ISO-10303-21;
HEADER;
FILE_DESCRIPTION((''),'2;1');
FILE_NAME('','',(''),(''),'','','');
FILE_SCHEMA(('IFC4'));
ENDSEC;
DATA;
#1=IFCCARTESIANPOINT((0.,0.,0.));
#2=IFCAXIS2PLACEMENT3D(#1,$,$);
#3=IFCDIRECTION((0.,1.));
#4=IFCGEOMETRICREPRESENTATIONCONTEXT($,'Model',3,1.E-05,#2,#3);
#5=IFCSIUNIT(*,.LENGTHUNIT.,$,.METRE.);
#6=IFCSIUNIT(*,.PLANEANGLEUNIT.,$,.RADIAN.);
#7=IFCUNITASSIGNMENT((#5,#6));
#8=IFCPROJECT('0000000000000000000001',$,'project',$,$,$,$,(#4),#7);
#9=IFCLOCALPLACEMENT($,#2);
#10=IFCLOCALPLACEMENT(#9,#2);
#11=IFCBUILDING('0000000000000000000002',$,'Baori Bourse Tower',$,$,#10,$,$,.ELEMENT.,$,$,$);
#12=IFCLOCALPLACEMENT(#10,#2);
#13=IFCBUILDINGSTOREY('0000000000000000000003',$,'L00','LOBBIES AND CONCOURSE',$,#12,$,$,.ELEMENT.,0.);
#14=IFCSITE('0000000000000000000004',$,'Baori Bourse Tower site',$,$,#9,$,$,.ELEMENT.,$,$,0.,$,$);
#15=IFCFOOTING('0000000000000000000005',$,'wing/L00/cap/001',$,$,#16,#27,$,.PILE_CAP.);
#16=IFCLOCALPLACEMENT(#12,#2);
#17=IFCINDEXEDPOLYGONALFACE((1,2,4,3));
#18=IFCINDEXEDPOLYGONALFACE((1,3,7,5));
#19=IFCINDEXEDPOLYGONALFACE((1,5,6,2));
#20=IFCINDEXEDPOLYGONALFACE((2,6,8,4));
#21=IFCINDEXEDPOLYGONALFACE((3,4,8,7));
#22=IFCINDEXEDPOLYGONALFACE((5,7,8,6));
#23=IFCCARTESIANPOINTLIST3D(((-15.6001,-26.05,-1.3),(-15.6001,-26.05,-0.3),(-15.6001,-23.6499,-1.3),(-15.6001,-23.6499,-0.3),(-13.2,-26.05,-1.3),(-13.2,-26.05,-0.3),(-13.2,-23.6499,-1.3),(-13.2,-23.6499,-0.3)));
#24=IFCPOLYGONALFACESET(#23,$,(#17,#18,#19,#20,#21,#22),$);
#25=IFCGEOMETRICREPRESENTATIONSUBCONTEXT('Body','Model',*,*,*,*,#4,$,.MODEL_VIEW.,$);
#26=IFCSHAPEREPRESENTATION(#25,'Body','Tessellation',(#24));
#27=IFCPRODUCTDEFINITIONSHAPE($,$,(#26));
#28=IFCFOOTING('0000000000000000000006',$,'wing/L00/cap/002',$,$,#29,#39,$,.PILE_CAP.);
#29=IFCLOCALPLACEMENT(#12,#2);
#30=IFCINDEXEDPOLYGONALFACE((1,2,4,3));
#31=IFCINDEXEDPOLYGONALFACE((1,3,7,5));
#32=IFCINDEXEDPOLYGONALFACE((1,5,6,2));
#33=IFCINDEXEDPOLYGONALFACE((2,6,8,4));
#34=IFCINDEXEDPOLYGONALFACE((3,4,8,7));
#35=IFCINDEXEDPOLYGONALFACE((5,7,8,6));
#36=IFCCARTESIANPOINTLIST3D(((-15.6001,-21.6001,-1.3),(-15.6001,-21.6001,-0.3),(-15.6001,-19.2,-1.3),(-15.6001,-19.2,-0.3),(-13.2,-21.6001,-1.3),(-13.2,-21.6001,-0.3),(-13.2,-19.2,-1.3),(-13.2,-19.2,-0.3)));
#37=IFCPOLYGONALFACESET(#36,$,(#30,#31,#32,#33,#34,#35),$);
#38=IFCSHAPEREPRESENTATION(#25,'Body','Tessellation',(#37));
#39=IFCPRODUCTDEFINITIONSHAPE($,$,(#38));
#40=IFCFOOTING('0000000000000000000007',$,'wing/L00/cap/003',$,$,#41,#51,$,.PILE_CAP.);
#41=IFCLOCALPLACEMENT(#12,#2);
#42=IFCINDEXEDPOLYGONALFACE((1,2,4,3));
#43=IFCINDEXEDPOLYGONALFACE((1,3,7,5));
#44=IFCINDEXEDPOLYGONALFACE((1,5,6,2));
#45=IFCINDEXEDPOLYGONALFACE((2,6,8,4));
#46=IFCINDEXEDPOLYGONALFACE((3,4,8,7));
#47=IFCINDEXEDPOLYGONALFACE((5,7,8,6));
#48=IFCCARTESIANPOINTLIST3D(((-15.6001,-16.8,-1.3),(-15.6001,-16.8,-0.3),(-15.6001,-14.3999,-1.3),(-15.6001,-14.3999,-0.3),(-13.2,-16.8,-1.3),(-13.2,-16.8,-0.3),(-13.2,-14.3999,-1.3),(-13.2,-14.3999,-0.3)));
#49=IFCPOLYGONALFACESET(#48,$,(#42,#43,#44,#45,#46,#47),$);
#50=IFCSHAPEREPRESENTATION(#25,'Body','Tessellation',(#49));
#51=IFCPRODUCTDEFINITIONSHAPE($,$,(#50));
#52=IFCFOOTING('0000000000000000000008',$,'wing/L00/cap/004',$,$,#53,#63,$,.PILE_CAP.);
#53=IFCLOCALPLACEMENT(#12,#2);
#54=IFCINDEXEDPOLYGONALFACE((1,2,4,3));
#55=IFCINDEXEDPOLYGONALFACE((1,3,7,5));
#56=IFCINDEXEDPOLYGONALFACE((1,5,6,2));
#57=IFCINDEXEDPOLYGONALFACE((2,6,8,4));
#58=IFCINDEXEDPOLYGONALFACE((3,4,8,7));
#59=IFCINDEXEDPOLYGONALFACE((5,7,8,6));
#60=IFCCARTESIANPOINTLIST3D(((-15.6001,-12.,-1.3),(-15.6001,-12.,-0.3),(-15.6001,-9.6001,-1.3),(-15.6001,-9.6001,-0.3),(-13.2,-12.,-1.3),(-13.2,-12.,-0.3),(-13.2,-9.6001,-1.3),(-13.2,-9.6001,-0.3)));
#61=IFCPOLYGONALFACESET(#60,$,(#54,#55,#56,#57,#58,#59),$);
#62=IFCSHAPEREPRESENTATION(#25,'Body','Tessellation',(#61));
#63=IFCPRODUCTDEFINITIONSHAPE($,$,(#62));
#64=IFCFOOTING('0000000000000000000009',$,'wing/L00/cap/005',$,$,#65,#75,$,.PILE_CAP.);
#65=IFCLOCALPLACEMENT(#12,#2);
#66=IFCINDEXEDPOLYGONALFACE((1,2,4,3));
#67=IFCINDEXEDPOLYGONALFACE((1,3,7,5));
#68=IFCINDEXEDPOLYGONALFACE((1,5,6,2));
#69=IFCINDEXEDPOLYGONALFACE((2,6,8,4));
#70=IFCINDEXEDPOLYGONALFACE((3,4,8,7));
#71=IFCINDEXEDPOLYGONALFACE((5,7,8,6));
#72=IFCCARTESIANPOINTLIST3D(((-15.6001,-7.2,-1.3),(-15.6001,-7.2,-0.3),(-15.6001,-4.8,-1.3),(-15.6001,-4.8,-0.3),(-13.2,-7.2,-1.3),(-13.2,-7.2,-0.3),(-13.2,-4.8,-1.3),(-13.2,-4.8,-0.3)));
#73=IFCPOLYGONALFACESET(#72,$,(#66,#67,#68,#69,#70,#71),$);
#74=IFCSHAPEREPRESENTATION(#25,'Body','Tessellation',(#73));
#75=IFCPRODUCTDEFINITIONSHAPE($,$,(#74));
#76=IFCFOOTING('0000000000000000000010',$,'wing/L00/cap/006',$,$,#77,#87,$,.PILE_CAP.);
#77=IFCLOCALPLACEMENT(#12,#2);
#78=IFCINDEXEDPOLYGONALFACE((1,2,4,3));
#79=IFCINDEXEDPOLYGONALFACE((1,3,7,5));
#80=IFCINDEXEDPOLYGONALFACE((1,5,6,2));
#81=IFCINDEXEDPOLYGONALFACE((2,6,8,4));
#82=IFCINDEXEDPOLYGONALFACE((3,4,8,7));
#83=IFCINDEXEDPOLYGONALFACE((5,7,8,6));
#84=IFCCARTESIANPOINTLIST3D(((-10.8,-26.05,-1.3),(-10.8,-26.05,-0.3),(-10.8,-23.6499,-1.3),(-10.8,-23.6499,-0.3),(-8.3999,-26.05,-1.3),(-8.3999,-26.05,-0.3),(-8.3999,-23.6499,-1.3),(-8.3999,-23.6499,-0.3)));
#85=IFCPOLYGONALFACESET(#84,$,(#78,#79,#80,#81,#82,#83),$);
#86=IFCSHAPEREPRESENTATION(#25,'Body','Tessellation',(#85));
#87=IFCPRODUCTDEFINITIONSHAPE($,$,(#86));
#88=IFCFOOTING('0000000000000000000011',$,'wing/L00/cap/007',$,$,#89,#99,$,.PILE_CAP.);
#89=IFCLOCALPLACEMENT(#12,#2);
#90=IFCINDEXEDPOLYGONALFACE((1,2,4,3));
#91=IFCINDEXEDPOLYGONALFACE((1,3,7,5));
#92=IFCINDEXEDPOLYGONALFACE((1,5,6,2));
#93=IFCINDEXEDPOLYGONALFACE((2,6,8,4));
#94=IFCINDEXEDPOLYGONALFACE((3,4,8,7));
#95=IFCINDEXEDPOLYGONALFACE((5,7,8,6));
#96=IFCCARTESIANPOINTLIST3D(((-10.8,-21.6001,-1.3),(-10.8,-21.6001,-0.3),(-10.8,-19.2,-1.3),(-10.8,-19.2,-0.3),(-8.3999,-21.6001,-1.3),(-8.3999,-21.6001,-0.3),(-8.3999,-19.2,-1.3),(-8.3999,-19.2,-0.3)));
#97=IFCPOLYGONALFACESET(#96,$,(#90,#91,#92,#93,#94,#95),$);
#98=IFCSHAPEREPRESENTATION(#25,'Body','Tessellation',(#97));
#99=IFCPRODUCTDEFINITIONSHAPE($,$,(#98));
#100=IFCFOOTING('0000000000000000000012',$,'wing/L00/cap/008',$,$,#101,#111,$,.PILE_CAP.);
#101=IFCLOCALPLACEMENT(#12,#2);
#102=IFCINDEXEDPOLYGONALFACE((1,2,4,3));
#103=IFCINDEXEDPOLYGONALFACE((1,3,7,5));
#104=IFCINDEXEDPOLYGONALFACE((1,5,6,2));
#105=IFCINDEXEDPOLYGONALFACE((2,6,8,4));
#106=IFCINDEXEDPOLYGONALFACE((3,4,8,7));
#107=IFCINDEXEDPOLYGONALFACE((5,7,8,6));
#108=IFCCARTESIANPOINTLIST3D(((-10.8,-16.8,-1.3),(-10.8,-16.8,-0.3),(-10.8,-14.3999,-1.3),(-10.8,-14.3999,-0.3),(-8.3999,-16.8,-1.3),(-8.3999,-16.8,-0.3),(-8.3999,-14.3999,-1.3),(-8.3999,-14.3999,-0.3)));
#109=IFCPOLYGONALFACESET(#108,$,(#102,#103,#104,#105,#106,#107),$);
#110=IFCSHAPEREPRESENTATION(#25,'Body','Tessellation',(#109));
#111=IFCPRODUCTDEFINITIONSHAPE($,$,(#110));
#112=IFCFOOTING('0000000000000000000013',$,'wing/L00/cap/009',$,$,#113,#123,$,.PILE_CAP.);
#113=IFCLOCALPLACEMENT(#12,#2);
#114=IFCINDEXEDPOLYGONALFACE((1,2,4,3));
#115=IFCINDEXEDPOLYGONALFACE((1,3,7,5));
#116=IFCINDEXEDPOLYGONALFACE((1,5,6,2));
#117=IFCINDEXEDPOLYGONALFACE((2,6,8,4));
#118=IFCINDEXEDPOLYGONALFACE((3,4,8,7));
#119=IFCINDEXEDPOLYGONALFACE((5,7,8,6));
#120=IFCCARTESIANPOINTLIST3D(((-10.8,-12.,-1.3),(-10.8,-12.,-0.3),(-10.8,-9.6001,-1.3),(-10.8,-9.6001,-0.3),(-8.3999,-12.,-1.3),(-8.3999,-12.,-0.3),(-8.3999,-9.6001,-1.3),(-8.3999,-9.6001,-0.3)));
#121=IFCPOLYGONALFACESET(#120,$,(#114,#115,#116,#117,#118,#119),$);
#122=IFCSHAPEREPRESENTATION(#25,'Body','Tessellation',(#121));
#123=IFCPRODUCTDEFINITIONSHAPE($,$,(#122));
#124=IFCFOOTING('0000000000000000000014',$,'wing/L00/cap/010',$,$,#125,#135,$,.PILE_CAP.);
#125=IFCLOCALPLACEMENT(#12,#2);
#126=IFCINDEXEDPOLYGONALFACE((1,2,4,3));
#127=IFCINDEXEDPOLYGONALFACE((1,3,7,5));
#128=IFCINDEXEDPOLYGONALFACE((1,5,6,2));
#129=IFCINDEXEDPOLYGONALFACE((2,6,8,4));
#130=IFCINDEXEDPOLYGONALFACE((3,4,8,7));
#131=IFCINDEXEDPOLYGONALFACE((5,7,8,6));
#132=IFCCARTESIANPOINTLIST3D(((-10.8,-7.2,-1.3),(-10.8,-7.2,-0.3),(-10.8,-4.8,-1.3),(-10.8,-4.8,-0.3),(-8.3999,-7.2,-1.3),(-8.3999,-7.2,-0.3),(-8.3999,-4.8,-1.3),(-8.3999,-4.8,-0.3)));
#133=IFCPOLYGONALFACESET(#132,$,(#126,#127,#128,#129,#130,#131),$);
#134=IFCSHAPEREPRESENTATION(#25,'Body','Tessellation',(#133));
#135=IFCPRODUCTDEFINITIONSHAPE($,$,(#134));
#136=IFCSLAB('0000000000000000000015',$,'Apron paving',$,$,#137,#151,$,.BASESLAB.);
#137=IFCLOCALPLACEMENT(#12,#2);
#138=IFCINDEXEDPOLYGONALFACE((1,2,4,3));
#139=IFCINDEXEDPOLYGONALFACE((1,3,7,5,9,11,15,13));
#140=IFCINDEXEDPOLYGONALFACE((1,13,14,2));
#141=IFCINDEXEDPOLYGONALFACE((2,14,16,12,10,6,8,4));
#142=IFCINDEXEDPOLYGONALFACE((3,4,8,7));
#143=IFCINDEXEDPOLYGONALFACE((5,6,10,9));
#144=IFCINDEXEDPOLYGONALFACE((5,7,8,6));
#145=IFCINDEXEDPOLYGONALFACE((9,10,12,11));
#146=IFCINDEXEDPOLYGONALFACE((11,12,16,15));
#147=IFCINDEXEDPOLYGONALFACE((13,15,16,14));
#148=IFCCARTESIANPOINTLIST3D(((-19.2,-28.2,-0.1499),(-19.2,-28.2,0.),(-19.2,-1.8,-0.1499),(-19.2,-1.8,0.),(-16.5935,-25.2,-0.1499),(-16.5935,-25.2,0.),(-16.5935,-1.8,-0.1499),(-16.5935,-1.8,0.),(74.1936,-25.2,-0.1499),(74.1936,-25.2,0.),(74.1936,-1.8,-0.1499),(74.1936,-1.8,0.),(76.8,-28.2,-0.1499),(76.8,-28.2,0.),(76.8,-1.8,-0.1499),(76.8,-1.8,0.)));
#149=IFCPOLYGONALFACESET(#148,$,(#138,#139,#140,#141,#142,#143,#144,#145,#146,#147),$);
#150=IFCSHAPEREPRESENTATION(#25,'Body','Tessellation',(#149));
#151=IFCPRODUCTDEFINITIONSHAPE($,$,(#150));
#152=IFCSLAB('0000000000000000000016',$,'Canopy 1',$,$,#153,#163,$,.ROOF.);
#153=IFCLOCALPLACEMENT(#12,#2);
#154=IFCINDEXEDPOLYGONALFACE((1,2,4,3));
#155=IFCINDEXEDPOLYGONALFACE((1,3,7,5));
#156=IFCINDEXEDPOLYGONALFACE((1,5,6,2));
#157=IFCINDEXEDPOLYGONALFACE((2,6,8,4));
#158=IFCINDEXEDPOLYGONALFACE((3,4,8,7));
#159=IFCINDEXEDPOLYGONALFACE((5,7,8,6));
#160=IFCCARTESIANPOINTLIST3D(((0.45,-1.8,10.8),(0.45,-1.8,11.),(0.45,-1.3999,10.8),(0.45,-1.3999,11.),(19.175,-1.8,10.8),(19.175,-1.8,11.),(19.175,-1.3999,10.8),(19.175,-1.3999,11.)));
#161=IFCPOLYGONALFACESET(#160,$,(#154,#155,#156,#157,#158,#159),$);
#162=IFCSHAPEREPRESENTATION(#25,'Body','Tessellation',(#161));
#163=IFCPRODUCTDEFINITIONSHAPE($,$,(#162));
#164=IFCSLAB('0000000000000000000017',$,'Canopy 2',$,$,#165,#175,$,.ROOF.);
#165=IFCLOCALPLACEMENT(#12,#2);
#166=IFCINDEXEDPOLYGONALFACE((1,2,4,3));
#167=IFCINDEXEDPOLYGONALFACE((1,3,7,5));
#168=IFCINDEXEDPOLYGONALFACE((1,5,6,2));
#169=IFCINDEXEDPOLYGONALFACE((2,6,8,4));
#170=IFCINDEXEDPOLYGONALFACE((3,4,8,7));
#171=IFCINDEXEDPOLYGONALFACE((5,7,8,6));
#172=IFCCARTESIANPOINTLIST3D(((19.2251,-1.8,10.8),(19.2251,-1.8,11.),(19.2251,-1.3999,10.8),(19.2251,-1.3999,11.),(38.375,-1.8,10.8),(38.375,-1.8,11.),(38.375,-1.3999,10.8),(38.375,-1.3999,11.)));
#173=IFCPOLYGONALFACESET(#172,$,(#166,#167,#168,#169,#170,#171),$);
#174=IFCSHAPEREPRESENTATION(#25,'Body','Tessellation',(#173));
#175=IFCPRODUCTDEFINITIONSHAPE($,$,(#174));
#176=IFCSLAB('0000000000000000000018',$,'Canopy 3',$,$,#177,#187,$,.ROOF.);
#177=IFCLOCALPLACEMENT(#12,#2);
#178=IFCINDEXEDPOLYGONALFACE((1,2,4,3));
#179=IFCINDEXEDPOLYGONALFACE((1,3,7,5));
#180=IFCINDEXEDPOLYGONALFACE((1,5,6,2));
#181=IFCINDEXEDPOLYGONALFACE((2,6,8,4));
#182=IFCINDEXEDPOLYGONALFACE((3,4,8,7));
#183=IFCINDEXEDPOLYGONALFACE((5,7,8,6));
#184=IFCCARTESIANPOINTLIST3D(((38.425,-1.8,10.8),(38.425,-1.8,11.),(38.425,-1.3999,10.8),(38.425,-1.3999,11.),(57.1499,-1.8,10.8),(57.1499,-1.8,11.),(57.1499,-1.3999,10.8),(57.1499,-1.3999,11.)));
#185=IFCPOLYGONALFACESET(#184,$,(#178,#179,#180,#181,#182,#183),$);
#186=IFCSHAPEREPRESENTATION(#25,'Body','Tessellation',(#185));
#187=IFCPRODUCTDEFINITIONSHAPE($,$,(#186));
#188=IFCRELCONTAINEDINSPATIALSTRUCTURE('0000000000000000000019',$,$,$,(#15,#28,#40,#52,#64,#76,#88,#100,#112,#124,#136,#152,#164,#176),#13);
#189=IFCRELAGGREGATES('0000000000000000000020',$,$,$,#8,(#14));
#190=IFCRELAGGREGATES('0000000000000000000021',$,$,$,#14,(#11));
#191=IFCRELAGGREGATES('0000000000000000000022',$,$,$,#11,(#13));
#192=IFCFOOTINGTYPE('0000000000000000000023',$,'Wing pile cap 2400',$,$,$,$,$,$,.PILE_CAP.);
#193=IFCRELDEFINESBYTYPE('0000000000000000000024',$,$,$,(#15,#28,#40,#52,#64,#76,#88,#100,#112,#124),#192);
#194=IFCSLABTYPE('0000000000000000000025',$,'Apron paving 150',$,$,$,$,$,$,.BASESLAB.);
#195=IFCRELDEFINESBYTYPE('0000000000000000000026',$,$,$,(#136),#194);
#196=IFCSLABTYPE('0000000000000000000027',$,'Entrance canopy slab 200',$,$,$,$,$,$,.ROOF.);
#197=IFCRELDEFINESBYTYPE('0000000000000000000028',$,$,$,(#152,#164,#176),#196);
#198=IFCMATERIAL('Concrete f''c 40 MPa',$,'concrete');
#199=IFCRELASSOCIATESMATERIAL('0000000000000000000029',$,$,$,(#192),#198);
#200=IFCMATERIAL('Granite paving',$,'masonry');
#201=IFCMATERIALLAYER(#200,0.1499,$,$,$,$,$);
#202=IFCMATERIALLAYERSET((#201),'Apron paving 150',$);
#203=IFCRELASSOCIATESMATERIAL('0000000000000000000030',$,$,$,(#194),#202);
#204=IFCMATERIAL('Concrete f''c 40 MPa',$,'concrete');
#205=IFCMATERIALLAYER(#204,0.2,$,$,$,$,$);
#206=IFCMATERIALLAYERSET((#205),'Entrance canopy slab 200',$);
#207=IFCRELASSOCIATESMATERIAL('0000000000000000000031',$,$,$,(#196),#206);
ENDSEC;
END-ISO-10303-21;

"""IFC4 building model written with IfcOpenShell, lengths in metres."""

from ifc_helpers import new_model, si_unit, direction, frame, origin, place, context, subcontext, project, spatial, polyline, outline, extrude, material, layer, layer_set, type_object, element, save


model = new_model("IFC4")

# Units and contexts
model_context = context("Model", 3, precision=1e-05, world=origin(), true_north=direction((0.0, 1.0)))
body_context = subcontext(model_context, "Body", "Model", "MODEL_VIEW")
ifc_project = project(units=[si_unit("LENGTHUNIT", "METRE"), si_unit("PLANEANGLEUNIT", "RADIAN")], contexts=[model_context])

# Site, building, storey
site_placement = place(None, origin())
site = spatial("IfcSite", under=ifc_project, at=site_placement, Name="Baori Bourse Tower site", CompositionType="ELEMENT", RefElevation=0.0)
building_placement = place(site_placement, origin())
building = spatial("IfcBuilding", under=site, at=building_placement, Name="Baori Bourse Tower", CompositionType="ELEMENT")
storey_placement = place(building_placement, origin())
storey = spatial("IfcBuildingStorey", under=building, at=storey_placement, Name="L00", Description="LOBBIES AND CONCOURSE", CompositionType="ELEMENT", Elevation=0.0)

# Footings
ifc_material_1 = material(Name="Concrete f'c 40 MPa", Category="concrete")
footing_type = type_object("IfcFootingType", Name="Wing pile cap 2400", PredefinedType="PILE_CAP", material=ifc_material_1)
footing_1_placement = place(storey_placement, frame((0.0, 0.0, -1.3)))
element("IfcFooting", 1, at=footing_1_placement, inside=storey, type_object=footing_type, Name="wing/L00/cap/001", PredefinedType="PILE_CAP", context=body_context, shape_type="SweptSolid", body=[
    extrude(outline(polyline([(-15.6001, -26.05), (-13.2, -26.05), (-13.2, -23.6499), (-15.6001, -23.6499), (-15.6001, -26.05)])), origin(), (0.0, 0.0, 1.0), 1.0),
])
footing_2_placement = place(storey_placement, frame((0.0, 0.0, -1.3)))
element("IfcFooting", 2, at=footing_2_placement, inside=storey, type_object=footing_type, Name="wing/L00/cap/002", PredefinedType="PILE_CAP", context=body_context, shape_type="SweptSolid", body=[
    extrude(outline(polyline([(-15.6001, -21.6001), (-13.2, -21.6001), (-13.2, -19.2), (-15.6001, -19.2), (-15.6001, -21.6001)])), origin(), (0.0, 0.0, 1.0), 1.0),
])
footing_3_placement = place(storey_placement, frame((0.0, 0.0, -1.3)))
element("IfcFooting", 3, at=footing_3_placement, inside=storey, type_object=footing_type, Name="wing/L00/cap/003", PredefinedType="PILE_CAP", context=body_context, shape_type="SweptSolid", body=[
    extrude(outline(polyline([(-15.6001, -16.8), (-13.2, -16.8), (-13.2, -14.3999), (-15.6001, -14.3999), (-15.6001, -16.8)])), origin(), (0.0, 0.0, 1.0), 1.0),
])
footing_4_placement = place(storey_placement, frame((0.0, 0.0, -1.3)))
element("IfcFooting", 4, at=footing_4_placement, inside=storey, type_object=footing_type, Name="wing/L00/cap/004", PredefinedType="PILE_CAP", context=body_context, shape_type="SweptSolid", body=[
    extrude(outline(polyline([(-15.6001, -12.0), (-13.2, -12.0), (-13.2, -9.6001), (-15.6001, -9.6001), (-15.6001, -12.0)])), origin(), (0.0, 0.0, 1.0), 1.0),
])
footing_5_placement = place(storey_placement, frame((0.0, 0.0, -1.3)))
element("IfcFooting", 5, at=footing_5_placement, inside=storey, type_object=footing_type, Name="wing/L00/cap/005", PredefinedType="PILE_CAP", context=body_context, shape_type="SweptSolid", body=[
    extrude(outline(polyline([(-15.6001, -7.2), (-13.2, -7.2), (-13.2, -4.8), (-15.6001, -4.8), (-15.6001, -7.2)])), origin(), (0.0, 0.0, 1.0), 1.0),
])
footing_6_placement = place(storey_placement, frame((0.0, 0.0, -1.3)))
element("IfcFooting", 6, at=footing_6_placement, inside=storey, type_object=footing_type, Name="wing/L00/cap/006", PredefinedType="PILE_CAP", context=body_context, shape_type="SweptSolid", body=[
    extrude(outline(polyline([(-10.8, -26.05), (-8.3999, -26.05), (-8.3999, -23.6499), (-10.8, -23.6499), (-10.8, -26.05)])), origin(), (0.0, 0.0, 1.0), 1.0),
])
footing_7_placement = place(storey_placement, frame((0.0, 0.0, -1.3)))
element("IfcFooting", 7, at=footing_7_placement, inside=storey, type_object=footing_type, Name="wing/L00/cap/007", PredefinedType="PILE_CAP", context=body_context, shape_type="SweptSolid", body=[
    extrude(outline(polyline([(-10.8, -21.6001), (-8.3999, -21.6001), (-8.3999, -19.2), (-10.8, -19.2), (-10.8, -21.6001)])), origin(), (0.0, 0.0, 1.0), 1.0),
])
footing_8_placement = place(storey_placement, frame((0.0, 0.0, -1.3)))
element("IfcFooting", 8, at=footing_8_placement, inside=storey, type_object=footing_type, Name="wing/L00/cap/008", PredefinedType="PILE_CAP", context=body_context, shape_type="SweptSolid", body=[
    extrude(outline(polyline([(-10.8, -16.8), (-8.3999, -16.8), (-8.3999, -14.3999), (-10.8, -14.3999), (-10.8, -16.8)])), origin(), (0.0, 0.0, 1.0), 1.0),
])
footing_9_placement = place(storey_placement, frame((0.0, 0.0, -1.3)))
element("IfcFooting", 9, at=footing_9_placement, inside=storey, type_object=footing_type, Name="wing/L00/cap/009", PredefinedType="PILE_CAP", context=body_context, shape_type="SweptSolid", body=[
    extrude(outline(polyline([(-10.8, -12.0), (-8.3999, -12.0), (-8.3999, -9.6001), (-10.8, -9.6001), (-10.8, -12.0)])), origin(), (0.0, 0.0, 1.0), 1.0),
])
footing_10_placement = place(storey_placement, frame((0.0, 0.0, -1.3)))
element("IfcFooting", 10, at=footing_10_placement, inside=storey, type_object=footing_type, Name="wing/L00/cap/010", PredefinedType="PILE_CAP", context=body_context, shape_type="SweptSolid", body=[
    extrude(outline(polyline([(-10.8, -7.2), (-8.3999, -7.2), (-8.3999, -4.8), (-10.8, -4.8), (-10.8, -7.2)])), origin(), (0.0, 0.0, 1.0), 1.0),
])

# Slabs
ifc_material_2 = material(Name="Granite paving", Category="masonry")
ifc_layer_1 = layer(ifc_material_2, 0.1499)
ifc_layer_set_1 = layer_set([ifc_layer_1], Name="Apron paving 150")
slab_type_1 = type_object("IfcSlabType", Name="Apron paving 150", PredefinedType="BASESLAB", material=ifc_layer_set_1)
slab_1_placement = place(storey_placement, frame((0.0, 0.0, -0.1499)))
element("IfcSlab", 11, at=slab_1_placement, inside=storey, type_object=slab_type_1, Name="Apron paving", PredefinedType="BASESLAB", context=body_context, shape_type="SweptSolid", body=[
    extrude(outline(polyline([(76.8, -28.2), (76.8, -1.8), (74.1936, -1.8), (74.1936, -25.2), (-16.5935, -25.2), (-16.5935, -1.8), (-19.2, -1.8), (-19.2, -28.2), (76.8, -28.2)])), origin(), (0.0, 0.0, 1.0), 0.1499),
])
ifc_material_3 = material(Name="Concrete f'c 40 MPa", Category="concrete")
ifc_layer_2 = layer(ifc_material_3, 0.2)
ifc_layer_set_2 = layer_set([ifc_layer_2], Name="Entrance canopy slab 200")
slab_type_2 = type_object("IfcSlabType", Name="Entrance canopy slab 200", PredefinedType="ROOF", material=ifc_layer_set_2)
slab_2_placement = place(storey_placement, frame((0.0, 0.0, 10.8)))
element("IfcSlab", 12, at=slab_2_placement, inside=storey, type_object=slab_type_2, Name="Canopy 1", PredefinedType="ROOF", context=body_context, shape_type="SweptSolid", body=[
    extrude(outline(polyline([(0.45, -1.8), (19.175, -1.8), (19.175, -1.3999), (0.45, -1.3999), (0.45, -1.8)])), origin(), (0.0, 0.0, 1.0), 0.2),
])
slab_3_placement = place(storey_placement, frame((0.0, 0.0, 10.8)))
element("IfcSlab", 13, at=slab_3_placement, inside=storey, type_object=slab_type_2, Name="Canopy 2", PredefinedType="ROOF", context=body_context, shape_type="SweptSolid", body=[
    extrude(outline(polyline([(19.2251, -1.8), (38.375, -1.8), (38.375, -1.3999), (19.2251, -1.3999), (19.2251, -1.8)])), origin(), (0.0, 0.0, 1.0), 0.2),
])
slab_4_placement = place(storey_placement, frame((0.0, 0.0, 10.8)))
element("IfcSlab", 14, at=slab_4_placement, inside=storey, type_object=slab_type_2, Name="Canopy 3", PredefinedType="ROOF", context=body_context, shape_type="SweptSolid", body=[
    extrude(outline(polyline([(38.425, -1.8), (57.1499, -1.8), (57.1499, -1.3999), (38.425, -1.3999), (38.425, -1.8)])), origin(), (0.0, 0.0, 1.0), 0.2),
])

save(model, "model.ifc")
